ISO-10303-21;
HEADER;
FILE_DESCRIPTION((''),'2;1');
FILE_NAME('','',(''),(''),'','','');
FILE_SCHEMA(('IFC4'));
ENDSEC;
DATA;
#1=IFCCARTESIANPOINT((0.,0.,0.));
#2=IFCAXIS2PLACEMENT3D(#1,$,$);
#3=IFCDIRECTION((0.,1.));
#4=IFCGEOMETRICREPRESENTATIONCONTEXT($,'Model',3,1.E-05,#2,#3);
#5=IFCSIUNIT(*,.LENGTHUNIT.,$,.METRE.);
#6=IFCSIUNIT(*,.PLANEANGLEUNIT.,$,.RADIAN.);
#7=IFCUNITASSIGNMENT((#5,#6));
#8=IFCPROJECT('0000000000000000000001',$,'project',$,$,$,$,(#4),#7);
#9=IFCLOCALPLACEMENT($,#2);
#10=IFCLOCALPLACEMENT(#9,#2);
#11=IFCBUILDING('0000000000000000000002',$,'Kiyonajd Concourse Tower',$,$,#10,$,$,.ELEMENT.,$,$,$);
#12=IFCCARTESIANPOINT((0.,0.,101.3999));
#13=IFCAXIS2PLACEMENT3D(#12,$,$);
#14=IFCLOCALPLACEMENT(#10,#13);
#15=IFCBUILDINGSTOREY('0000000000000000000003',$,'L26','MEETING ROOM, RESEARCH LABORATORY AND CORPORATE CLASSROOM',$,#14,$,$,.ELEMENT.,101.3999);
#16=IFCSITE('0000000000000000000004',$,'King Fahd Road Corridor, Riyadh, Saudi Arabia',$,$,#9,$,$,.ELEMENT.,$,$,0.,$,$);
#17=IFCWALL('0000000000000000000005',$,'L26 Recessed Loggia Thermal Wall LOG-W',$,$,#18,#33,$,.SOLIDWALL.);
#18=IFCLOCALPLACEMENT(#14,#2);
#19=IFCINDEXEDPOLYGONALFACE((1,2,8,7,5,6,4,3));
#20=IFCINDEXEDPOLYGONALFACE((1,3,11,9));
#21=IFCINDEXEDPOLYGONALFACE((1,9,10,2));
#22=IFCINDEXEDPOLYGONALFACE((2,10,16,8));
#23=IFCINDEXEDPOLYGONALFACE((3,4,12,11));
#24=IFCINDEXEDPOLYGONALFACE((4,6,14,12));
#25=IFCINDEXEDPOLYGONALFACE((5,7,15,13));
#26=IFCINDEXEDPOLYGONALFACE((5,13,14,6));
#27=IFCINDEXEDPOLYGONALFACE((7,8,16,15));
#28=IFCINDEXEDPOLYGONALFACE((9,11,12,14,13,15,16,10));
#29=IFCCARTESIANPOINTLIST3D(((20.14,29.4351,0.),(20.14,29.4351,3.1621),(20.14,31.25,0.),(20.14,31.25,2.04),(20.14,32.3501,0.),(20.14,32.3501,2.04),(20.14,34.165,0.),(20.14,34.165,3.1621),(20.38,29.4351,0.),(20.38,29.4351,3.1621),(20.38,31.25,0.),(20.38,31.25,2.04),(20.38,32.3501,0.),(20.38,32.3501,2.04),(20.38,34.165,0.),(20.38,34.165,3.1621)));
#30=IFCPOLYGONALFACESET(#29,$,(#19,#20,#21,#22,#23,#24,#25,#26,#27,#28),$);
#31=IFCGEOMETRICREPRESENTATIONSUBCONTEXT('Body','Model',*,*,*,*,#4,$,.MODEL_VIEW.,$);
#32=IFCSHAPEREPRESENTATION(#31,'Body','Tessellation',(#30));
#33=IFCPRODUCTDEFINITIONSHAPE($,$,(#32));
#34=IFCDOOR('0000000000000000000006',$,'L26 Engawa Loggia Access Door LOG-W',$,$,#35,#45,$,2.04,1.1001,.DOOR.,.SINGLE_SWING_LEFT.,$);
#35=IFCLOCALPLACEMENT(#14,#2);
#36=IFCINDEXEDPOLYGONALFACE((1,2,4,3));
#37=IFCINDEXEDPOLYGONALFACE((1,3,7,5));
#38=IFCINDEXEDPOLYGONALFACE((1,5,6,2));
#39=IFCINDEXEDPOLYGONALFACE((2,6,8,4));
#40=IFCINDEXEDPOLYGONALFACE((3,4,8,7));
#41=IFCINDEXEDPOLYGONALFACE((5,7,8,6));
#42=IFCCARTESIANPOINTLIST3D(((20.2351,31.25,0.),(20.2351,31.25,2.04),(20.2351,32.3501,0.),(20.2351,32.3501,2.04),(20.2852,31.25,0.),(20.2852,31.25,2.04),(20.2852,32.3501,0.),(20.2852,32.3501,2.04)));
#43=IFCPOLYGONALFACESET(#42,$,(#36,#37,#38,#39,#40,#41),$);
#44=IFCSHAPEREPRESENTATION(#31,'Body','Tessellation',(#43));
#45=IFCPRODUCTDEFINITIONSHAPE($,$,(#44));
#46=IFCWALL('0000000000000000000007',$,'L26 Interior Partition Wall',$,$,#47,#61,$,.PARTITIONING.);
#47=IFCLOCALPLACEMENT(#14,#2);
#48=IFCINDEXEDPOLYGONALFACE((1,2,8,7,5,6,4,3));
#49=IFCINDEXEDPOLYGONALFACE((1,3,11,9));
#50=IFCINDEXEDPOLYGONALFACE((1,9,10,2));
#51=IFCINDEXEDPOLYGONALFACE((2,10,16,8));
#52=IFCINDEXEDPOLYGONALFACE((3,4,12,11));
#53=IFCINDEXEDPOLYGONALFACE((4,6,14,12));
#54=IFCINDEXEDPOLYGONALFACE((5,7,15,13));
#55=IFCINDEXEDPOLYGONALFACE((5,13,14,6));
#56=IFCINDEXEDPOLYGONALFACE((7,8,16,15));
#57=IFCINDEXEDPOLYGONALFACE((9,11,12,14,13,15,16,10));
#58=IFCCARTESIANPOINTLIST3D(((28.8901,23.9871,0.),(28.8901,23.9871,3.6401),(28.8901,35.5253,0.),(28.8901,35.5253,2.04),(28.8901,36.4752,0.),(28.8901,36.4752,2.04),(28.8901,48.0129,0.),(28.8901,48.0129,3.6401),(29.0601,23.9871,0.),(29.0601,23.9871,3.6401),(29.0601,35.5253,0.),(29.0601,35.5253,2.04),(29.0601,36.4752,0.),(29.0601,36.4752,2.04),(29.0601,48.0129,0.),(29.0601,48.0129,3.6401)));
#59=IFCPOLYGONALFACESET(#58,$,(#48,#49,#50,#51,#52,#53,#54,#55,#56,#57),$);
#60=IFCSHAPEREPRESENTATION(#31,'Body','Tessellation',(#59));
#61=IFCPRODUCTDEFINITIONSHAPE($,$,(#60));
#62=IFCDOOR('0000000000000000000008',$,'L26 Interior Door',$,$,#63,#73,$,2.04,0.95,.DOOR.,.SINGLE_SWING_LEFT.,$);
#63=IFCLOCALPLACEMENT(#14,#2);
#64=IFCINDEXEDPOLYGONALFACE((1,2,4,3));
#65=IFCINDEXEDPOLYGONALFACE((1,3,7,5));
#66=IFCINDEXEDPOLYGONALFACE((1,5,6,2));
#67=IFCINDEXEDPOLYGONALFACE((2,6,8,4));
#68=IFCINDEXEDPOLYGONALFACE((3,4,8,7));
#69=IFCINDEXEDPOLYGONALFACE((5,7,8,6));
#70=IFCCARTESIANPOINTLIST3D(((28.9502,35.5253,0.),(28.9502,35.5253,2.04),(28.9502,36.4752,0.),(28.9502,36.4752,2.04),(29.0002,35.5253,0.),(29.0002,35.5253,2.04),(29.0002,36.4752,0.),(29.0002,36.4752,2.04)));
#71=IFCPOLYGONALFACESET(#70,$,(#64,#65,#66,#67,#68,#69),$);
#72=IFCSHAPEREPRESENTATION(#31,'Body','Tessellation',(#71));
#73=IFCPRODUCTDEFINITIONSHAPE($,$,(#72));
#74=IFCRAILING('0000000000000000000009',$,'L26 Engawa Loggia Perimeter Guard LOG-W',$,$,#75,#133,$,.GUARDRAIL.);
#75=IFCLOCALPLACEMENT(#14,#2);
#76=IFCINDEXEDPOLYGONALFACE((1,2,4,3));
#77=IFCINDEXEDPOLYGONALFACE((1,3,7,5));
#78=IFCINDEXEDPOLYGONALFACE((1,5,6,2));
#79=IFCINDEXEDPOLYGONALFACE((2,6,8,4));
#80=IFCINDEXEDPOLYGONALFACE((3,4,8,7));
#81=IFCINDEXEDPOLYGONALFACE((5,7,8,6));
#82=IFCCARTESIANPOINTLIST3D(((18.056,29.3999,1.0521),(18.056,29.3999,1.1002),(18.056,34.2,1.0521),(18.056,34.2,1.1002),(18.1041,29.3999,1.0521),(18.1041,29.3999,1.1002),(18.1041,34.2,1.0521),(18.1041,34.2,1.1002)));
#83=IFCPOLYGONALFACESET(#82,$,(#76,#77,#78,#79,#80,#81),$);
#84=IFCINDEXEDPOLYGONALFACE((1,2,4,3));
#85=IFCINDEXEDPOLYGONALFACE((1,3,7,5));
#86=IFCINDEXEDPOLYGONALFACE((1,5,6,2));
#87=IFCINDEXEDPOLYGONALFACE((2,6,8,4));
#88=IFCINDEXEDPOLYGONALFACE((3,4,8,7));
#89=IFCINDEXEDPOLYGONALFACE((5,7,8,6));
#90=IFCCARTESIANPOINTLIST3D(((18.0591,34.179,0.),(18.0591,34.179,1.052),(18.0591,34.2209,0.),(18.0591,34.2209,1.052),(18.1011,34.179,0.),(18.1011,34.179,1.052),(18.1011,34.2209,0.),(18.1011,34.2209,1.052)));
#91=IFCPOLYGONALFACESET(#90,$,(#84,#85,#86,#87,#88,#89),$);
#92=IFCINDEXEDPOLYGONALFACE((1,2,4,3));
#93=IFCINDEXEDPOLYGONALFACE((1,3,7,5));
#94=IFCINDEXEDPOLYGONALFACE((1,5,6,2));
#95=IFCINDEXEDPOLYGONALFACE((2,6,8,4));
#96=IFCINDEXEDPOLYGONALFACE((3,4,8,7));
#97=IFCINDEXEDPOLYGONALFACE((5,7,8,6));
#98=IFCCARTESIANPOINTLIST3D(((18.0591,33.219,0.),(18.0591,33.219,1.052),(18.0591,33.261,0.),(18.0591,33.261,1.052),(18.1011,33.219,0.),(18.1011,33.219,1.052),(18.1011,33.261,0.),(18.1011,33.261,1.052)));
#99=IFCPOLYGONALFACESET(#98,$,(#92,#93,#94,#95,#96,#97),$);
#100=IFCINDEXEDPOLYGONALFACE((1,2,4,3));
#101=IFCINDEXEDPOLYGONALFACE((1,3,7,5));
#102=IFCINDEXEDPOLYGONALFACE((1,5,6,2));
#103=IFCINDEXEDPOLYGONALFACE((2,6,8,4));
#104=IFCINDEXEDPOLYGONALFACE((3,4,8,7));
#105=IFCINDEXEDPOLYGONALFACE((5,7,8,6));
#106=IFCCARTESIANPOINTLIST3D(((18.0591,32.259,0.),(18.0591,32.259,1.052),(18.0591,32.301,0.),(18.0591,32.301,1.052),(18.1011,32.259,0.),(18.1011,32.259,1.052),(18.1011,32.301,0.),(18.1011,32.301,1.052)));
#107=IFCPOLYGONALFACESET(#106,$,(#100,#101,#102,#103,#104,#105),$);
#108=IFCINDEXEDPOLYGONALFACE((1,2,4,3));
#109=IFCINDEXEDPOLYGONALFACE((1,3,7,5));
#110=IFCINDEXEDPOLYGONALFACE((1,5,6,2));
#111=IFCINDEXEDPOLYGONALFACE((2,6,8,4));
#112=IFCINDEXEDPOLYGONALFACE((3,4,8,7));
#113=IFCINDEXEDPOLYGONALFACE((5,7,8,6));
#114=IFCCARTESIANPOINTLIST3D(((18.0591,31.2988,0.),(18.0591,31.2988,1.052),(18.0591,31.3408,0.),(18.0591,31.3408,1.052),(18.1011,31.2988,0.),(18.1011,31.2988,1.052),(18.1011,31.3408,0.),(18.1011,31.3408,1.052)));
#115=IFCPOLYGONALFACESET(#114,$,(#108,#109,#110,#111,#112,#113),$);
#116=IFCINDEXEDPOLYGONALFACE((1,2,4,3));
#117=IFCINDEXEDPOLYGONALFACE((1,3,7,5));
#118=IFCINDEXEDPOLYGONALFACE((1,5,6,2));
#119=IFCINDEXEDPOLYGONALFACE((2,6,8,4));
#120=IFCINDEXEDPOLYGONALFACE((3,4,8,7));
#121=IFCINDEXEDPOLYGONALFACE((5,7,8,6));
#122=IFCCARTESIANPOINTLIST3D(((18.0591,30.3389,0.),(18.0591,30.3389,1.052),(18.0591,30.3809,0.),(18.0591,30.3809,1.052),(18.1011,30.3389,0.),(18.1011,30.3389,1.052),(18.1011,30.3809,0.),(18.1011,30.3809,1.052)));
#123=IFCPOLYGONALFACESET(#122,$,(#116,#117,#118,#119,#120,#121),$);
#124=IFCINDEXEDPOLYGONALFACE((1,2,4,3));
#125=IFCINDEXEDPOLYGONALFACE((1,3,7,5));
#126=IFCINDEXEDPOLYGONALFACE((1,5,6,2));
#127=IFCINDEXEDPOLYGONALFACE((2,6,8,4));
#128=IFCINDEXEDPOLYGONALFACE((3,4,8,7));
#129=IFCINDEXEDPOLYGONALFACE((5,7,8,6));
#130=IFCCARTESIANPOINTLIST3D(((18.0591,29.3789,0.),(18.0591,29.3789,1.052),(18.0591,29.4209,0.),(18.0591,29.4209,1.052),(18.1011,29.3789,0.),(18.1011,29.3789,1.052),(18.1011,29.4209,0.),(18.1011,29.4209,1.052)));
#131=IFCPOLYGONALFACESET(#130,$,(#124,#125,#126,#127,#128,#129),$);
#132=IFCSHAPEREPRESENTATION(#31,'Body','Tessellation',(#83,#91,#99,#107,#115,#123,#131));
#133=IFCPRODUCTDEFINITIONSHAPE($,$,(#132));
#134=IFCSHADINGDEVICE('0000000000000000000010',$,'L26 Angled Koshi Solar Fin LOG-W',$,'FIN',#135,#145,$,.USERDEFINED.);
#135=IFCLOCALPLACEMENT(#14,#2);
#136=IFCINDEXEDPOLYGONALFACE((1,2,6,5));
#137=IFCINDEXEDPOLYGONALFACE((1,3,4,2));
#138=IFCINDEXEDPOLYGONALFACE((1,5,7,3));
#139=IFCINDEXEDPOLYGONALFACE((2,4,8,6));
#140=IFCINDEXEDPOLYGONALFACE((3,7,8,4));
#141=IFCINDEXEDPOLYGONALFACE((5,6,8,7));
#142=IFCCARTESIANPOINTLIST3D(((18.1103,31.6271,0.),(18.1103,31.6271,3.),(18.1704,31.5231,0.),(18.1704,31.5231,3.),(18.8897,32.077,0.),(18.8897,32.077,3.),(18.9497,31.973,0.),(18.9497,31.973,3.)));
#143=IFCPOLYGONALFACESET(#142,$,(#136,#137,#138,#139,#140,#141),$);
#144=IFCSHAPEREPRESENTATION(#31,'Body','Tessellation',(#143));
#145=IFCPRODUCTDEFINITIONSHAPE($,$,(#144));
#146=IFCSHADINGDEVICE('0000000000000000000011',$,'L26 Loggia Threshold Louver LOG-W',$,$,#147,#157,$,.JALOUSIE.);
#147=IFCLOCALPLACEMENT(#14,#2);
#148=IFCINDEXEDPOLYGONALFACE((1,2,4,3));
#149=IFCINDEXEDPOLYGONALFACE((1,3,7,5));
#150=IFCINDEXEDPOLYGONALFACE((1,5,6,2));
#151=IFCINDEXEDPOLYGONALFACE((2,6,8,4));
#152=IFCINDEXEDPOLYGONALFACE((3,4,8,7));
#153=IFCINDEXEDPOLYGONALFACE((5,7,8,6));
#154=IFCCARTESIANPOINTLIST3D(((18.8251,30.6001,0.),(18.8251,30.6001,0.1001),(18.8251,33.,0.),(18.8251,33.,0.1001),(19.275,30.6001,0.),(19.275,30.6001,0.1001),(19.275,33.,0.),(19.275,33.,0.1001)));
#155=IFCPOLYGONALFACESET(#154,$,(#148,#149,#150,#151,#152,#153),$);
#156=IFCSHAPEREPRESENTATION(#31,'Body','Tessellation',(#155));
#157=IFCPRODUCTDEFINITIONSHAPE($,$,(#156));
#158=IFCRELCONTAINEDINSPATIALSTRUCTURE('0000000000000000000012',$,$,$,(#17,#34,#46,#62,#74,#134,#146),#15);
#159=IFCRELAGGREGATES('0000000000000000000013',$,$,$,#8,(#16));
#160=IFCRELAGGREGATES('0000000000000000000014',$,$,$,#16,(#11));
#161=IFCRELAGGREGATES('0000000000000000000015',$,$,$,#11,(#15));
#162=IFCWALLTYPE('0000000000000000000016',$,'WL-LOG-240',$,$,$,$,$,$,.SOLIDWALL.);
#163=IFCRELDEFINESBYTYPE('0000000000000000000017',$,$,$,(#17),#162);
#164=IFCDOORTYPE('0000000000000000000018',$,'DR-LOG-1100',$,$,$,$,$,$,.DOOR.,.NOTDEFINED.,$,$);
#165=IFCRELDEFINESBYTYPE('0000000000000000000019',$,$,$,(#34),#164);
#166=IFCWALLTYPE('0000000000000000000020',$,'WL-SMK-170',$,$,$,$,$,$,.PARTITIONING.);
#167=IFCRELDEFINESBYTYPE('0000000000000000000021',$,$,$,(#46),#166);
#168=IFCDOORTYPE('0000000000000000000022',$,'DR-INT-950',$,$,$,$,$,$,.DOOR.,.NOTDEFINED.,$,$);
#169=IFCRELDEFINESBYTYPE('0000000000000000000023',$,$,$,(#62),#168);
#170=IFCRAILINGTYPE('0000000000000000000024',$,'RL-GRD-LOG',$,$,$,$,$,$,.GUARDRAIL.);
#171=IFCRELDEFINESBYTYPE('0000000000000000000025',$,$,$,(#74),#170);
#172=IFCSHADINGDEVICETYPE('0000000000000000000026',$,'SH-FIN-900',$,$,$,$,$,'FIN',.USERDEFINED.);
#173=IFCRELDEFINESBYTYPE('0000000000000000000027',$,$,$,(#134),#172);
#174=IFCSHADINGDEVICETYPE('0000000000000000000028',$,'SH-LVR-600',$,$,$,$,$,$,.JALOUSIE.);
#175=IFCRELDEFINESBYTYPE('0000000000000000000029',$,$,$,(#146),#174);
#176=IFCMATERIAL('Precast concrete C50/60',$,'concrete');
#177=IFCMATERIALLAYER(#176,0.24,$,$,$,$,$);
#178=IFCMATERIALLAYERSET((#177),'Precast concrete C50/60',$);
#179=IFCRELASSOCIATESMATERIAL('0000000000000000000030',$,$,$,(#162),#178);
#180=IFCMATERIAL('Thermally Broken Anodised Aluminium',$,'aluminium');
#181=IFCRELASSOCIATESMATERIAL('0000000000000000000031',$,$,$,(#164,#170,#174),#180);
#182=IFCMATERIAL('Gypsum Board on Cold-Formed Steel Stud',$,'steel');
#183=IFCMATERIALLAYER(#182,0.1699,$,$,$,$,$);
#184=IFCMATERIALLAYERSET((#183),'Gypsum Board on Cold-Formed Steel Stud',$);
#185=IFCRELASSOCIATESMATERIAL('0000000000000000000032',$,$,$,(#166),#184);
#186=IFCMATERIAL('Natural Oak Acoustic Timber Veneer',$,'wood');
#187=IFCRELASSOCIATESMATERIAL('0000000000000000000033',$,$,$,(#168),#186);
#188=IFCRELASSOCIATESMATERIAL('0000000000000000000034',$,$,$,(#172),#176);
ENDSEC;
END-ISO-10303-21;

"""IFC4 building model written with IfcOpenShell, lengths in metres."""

from ifc_helpers import new_model, si_unit, direction, frame, frame_2d, origin, origin_2d, place, context, subcontext, project, spatial, rectangle, extrude, material, layer, layer_set, type_object, element, fill, save


model = new_model("IFC4")

# Units and contexts
model_context = context("Model", 3, precision=1e-05, world=origin(), true_north=direction((0.0, 1.0)))
body_context = subcontext(model_context, "Body", "Model", "MODEL_VIEW")
ifc_project = project(units=[si_unit("LENGTHUNIT", "METRE"), si_unit("PLANEANGLEUNIT", "RADIAN")], contexts=[model_context])

# Site, building, storey
site_placement = place(None, origin())
site = spatial("IfcSite", under=ifc_project, at=site_placement, Name="King Fahd Road Corridor, Riyadh, Saudi Arabia", CompositionType="ELEMENT", RefElevation=0.0)
building_placement = place(site_placement, origin())
building = spatial("IfcBuilding", under=site, at=building_placement, Name="Kiyonajd Concourse Tower", CompositionType="ELEMENT")
storey_placement = place(building_placement, frame((0.0, 0.0, 101.3999)))
storey = spatial("IfcBuildingStorey", under=building, at=storey_placement, Name="L26", Description="MEETING ROOM, RESEARCH LABORATORY AND CORPORATE CLASSROOM", CompositionType="ELEMENT", Elevation=101.3999)

# Shared definitions
ifc_material_1 = material(Name="Precast concrete C50/60", Category="concrete")

# Shared definitions
ifc_material_2 = material(Name="Thermally Broken Anodised Aluminium", Category="aluminium")

# Walls, openings, doors
ifc_layer_1 = layer(ifc_material_1, 0.24)
ifc_layer_set_1 = layer_set([ifc_layer_1], Name="Precast concrete C50/60")
wall_type_1 = type_object("IfcWallType", Name="WL-LOG-240", PredefinedType="SOLIDWALL", material=ifc_layer_set_1)
wall_1_placement = place(storey_placement, frame((20.26, 29.4351, 0.0), z_axis=(0.0, 0.0, 1.0), x_axis=(0.0, 1.0, 0.0)))
wall_1 = element("IfcWall", 1, at=wall_1_placement, inside=storey, type_object=wall_type_1, Name="L26 Recessed Loggia Thermal Wall LOG-W", PredefinedType="SOLIDWALL", context=body_context, shape_type="SweptSolid", body=[
    extrude(rectangle(XDim=4.73, YDim=0.24, at=frame_2d((2.365, 0.0))), origin(), (0.0, 0.0, 1.0), 3.1621),
])
opening_1_placement = place(wall_1_placement, frame((1.8149, 0.0, 0.0)))
opening_1 = element("IfcOpeningElement", 2, at=opening_1_placement, cuts=wall_1, PredefinedType="OPENING", context=body_context, shape_type="SweptSolid", body=[
    extrude(rectangle(XDim=1.1001, YDim=2.04, at=frame_2d((0.55, 1.02))), frame((0.0, 0.1299, 0.0), z_axis=(0.0, -1.0, 0.0), x_axis=(1.0, 0.0, 0.0)), (0.0, 0.0, 1.0), 0.26),
])
door_type_1 = type_object("IfcDoorType", Name="DR-LOG-1100", OperationType="NOTDEFINED", PredefinedType="DOOR", material=ifc_material_2)
door_1_placement = place(opening_1_placement, origin())
door_1 = element("IfcDoor", 3, at=door_1_placement, inside=storey, type_object=door_type_1, Name="L26 Engawa Loggia Access Door LOG-W", OperationType="SINGLE_SWING_LEFT", OverallHeight=2.04, OverallWidth=1.1001, PredefinedType="DOOR", context=body_context, shape_type="SweptSolid", body=[
    extrude(rectangle(XDim=1.1001, YDim=2.04, at=frame_2d((0.55, 1.02))), frame((0.0, 0.0249, 0.0), z_axis=(0.0, -1.0, 0.0), x_axis=(1.0, 0.0, 0.0)), (0.0, 0.0, 1.0), 0.05),
])
fill(opening_1, door_1)
ifc_material_3 = material(Name="Gypsum Board on Cold-Formed Steel Stud", Category="steel")
ifc_layer_2 = layer(ifc_material_3, 0.1699)
ifc_layer_set_2 = layer_set([ifc_layer_2], Name="Gypsum Board on Cold-Formed Steel Stud")
wall_type_2 = type_object("IfcWallType", Name="WL-SMK-170", PredefinedType="PARTITIONING", material=ifc_layer_set_2)
wall_2_placement = place(storey_placement, frame((28.9751, 23.9871, 0.0), z_axis=(0.0, 0.0, 1.0), x_axis=(0.0, 1.0, 0.0)))
wall_2 = element("IfcWall", 4, at=wall_2_placement, inside=storey, type_object=wall_type_2, Name="L26 Interior Partition Wall", PredefinedType="PARTITIONING", context=body_context, shape_type="SweptSolid", body=[
    extrude(rectangle(XDim=24.0259, YDim=0.1699, at=frame_2d((12.0129, 0.0))), origin(), (0.0, 0.0, 1.0), 3.6401),
])
opening_2_placement = place(wall_2_placement, frame((11.5381, 0.0, 0.0)))
opening_2 = element("IfcOpeningElement", 5, at=opening_2_placement, cuts=wall_2, PredefinedType="OPENING", context=body_context, shape_type="SweptSolid", body=[
    extrude(rectangle(XDim=0.95, YDim=2.04, at=frame_2d((0.4751, 1.02))), frame((0.0, 0.095, 0.0), z_axis=(0.0, -1.0, 0.0), x_axis=(1.0, 0.0, 0.0)), (0.0, 0.0, 1.0), 0.1899),
])
ifc_material_4 = material(Name="Natural Oak Acoustic Timber Veneer", Category="wood")
door_type_2 = type_object("IfcDoorType", Name="DR-INT-950", OperationType="NOTDEFINED", PredefinedType="DOOR", material=ifc_material_4)
door_2_placement = place(opening_2_placement, origin())
door_2 = element("IfcDoor", 6, at=door_2_placement, inside=storey, type_object=door_type_2, Name="L26 Interior Door", OperationType="SINGLE_SWING_LEFT", OverallHeight=2.04, OverallWidth=0.95, PredefinedType="DOOR", context=body_context, shape_type="SweptSolid", body=[
    extrude(rectangle(XDim=0.95, YDim=2.04, at=frame_2d((0.4751, 1.02))), frame((0.0, 0.0249, 0.0), z_axis=(0.0, -1.0, 0.0), x_axis=(1.0, 0.0, 0.0)), (0.0, 0.0, 1.0), 0.05),
])
fill(opening_2, door_2)

# Railing
railing_type = type_object("IfcRailingType", Name="RL-GRD-LOG", PredefinedType="GUARDRAIL", material=ifc_material_2)
railing_placement = place(storey_placement, frame((18.0801, 34.2, 0.0)))
element("IfcRailing", 7, at=railing_placement, inside=storey, type_object=railing_type, Name="L26 Engawa Loggia Perimeter Guard LOG-W", PredefinedType="GUARDRAIL", context=body_context, shape_type="SweptSolid", body=[
    extrude(rectangle(XDim=0.0481, YDim=0.0481, at=origin_2d()), frame((0.0, 0.0, 1.0762), z_axis=(0.0, -1.0, 0.0), x_axis=(1.0, 0.0, 0.0)), (0.0, 0.0, 1.0), 4.8),
    extrude(rectangle(XDim=0.042, YDim=0.042, at=origin_2d()), origin(), (0.0, 0.0, 1.0), 1.052),
    extrude(rectangle(XDim=0.042, YDim=0.042, at=origin_2d()), frame((0.0, -0.96, 0.0)), (0.0, 0.0, 1.0), 1.052),
    extrude(rectangle(XDim=0.042, YDim=0.042, at=origin_2d()), frame((0.0, -1.9199, 0.0)), (0.0, 0.0, 1.0), 1.052),
    extrude(rectangle(XDim=0.042, YDim=0.042, at=origin_2d()), frame((0.0, -2.8801, 0.0)), (0.0, 0.0, 1.0), 1.052),
    extrude(rectangle(XDim=0.042, YDim=0.042, at=origin_2d()), frame((0.0, -3.8401, 0.0)), (0.0, 0.0, 1.0), 1.052),
    extrude(rectangle(XDim=0.042, YDim=0.042, at=origin_2d()), frame((0.0, -4.8, 0.0)), (0.0, 0.0, 1.0), 1.052),
])

# Shading devices
shading_device_type_1 = type_object("IfcShadingDeviceType", Name="SH-FIN-900", ElementType="FIN", PredefinedType="USERDEFINED", material=ifc_material_1)
shading_device_1_placement = place(storey_placement, frame((18.53, 31.8, 0.0), z_axis=(0.0, 0.0, 1.0), x_axis=(0.866025, 0.5, 0.0)))
element("IfcShadingDevice", 8, at=shading_device_1_placement, inside=storey, type_object=shading_device_type_1, Name="L26 Angled Koshi Solar Fin LOG-W", ObjectType="FIN", PredefinedType="USERDEFINED", context=body_context, shape_type="SweptSolid", body=[
    extrude(rectangle(XDim=0.8999, YDim=0.1201, at=origin_2d()), origin(), (0.0, 0.0, 1.0), 3.0),
])
shading_device_type_2 = type_object("IfcShadingDeviceType", Name="SH-LVR-600", PredefinedType="JALOUSIE", material=ifc_material_2)
shading_device_2_placement = place(storey_placement, frame((19.05, 31.8, 0.0), z_axis=(0.0, 0.0, 1.0), x_axis=(0.0, 1.0, 0.0)))
element("IfcShadingDevice", 9, at=shading_device_2_placement, inside=storey, type_object=shading_device_type_2, Name="L26 Loggia Threshold Louver LOG-W", PredefinedType="JALOUSIE", context=body_context, shape_type="SweptSolid", body=[
    extrude(rectangle(XDim=2.3999, YDim=0.45, at=origin_2d()), origin(), (0.0, 0.0, 1.0), 0.1001),
])

save(model, "model.ifc")
